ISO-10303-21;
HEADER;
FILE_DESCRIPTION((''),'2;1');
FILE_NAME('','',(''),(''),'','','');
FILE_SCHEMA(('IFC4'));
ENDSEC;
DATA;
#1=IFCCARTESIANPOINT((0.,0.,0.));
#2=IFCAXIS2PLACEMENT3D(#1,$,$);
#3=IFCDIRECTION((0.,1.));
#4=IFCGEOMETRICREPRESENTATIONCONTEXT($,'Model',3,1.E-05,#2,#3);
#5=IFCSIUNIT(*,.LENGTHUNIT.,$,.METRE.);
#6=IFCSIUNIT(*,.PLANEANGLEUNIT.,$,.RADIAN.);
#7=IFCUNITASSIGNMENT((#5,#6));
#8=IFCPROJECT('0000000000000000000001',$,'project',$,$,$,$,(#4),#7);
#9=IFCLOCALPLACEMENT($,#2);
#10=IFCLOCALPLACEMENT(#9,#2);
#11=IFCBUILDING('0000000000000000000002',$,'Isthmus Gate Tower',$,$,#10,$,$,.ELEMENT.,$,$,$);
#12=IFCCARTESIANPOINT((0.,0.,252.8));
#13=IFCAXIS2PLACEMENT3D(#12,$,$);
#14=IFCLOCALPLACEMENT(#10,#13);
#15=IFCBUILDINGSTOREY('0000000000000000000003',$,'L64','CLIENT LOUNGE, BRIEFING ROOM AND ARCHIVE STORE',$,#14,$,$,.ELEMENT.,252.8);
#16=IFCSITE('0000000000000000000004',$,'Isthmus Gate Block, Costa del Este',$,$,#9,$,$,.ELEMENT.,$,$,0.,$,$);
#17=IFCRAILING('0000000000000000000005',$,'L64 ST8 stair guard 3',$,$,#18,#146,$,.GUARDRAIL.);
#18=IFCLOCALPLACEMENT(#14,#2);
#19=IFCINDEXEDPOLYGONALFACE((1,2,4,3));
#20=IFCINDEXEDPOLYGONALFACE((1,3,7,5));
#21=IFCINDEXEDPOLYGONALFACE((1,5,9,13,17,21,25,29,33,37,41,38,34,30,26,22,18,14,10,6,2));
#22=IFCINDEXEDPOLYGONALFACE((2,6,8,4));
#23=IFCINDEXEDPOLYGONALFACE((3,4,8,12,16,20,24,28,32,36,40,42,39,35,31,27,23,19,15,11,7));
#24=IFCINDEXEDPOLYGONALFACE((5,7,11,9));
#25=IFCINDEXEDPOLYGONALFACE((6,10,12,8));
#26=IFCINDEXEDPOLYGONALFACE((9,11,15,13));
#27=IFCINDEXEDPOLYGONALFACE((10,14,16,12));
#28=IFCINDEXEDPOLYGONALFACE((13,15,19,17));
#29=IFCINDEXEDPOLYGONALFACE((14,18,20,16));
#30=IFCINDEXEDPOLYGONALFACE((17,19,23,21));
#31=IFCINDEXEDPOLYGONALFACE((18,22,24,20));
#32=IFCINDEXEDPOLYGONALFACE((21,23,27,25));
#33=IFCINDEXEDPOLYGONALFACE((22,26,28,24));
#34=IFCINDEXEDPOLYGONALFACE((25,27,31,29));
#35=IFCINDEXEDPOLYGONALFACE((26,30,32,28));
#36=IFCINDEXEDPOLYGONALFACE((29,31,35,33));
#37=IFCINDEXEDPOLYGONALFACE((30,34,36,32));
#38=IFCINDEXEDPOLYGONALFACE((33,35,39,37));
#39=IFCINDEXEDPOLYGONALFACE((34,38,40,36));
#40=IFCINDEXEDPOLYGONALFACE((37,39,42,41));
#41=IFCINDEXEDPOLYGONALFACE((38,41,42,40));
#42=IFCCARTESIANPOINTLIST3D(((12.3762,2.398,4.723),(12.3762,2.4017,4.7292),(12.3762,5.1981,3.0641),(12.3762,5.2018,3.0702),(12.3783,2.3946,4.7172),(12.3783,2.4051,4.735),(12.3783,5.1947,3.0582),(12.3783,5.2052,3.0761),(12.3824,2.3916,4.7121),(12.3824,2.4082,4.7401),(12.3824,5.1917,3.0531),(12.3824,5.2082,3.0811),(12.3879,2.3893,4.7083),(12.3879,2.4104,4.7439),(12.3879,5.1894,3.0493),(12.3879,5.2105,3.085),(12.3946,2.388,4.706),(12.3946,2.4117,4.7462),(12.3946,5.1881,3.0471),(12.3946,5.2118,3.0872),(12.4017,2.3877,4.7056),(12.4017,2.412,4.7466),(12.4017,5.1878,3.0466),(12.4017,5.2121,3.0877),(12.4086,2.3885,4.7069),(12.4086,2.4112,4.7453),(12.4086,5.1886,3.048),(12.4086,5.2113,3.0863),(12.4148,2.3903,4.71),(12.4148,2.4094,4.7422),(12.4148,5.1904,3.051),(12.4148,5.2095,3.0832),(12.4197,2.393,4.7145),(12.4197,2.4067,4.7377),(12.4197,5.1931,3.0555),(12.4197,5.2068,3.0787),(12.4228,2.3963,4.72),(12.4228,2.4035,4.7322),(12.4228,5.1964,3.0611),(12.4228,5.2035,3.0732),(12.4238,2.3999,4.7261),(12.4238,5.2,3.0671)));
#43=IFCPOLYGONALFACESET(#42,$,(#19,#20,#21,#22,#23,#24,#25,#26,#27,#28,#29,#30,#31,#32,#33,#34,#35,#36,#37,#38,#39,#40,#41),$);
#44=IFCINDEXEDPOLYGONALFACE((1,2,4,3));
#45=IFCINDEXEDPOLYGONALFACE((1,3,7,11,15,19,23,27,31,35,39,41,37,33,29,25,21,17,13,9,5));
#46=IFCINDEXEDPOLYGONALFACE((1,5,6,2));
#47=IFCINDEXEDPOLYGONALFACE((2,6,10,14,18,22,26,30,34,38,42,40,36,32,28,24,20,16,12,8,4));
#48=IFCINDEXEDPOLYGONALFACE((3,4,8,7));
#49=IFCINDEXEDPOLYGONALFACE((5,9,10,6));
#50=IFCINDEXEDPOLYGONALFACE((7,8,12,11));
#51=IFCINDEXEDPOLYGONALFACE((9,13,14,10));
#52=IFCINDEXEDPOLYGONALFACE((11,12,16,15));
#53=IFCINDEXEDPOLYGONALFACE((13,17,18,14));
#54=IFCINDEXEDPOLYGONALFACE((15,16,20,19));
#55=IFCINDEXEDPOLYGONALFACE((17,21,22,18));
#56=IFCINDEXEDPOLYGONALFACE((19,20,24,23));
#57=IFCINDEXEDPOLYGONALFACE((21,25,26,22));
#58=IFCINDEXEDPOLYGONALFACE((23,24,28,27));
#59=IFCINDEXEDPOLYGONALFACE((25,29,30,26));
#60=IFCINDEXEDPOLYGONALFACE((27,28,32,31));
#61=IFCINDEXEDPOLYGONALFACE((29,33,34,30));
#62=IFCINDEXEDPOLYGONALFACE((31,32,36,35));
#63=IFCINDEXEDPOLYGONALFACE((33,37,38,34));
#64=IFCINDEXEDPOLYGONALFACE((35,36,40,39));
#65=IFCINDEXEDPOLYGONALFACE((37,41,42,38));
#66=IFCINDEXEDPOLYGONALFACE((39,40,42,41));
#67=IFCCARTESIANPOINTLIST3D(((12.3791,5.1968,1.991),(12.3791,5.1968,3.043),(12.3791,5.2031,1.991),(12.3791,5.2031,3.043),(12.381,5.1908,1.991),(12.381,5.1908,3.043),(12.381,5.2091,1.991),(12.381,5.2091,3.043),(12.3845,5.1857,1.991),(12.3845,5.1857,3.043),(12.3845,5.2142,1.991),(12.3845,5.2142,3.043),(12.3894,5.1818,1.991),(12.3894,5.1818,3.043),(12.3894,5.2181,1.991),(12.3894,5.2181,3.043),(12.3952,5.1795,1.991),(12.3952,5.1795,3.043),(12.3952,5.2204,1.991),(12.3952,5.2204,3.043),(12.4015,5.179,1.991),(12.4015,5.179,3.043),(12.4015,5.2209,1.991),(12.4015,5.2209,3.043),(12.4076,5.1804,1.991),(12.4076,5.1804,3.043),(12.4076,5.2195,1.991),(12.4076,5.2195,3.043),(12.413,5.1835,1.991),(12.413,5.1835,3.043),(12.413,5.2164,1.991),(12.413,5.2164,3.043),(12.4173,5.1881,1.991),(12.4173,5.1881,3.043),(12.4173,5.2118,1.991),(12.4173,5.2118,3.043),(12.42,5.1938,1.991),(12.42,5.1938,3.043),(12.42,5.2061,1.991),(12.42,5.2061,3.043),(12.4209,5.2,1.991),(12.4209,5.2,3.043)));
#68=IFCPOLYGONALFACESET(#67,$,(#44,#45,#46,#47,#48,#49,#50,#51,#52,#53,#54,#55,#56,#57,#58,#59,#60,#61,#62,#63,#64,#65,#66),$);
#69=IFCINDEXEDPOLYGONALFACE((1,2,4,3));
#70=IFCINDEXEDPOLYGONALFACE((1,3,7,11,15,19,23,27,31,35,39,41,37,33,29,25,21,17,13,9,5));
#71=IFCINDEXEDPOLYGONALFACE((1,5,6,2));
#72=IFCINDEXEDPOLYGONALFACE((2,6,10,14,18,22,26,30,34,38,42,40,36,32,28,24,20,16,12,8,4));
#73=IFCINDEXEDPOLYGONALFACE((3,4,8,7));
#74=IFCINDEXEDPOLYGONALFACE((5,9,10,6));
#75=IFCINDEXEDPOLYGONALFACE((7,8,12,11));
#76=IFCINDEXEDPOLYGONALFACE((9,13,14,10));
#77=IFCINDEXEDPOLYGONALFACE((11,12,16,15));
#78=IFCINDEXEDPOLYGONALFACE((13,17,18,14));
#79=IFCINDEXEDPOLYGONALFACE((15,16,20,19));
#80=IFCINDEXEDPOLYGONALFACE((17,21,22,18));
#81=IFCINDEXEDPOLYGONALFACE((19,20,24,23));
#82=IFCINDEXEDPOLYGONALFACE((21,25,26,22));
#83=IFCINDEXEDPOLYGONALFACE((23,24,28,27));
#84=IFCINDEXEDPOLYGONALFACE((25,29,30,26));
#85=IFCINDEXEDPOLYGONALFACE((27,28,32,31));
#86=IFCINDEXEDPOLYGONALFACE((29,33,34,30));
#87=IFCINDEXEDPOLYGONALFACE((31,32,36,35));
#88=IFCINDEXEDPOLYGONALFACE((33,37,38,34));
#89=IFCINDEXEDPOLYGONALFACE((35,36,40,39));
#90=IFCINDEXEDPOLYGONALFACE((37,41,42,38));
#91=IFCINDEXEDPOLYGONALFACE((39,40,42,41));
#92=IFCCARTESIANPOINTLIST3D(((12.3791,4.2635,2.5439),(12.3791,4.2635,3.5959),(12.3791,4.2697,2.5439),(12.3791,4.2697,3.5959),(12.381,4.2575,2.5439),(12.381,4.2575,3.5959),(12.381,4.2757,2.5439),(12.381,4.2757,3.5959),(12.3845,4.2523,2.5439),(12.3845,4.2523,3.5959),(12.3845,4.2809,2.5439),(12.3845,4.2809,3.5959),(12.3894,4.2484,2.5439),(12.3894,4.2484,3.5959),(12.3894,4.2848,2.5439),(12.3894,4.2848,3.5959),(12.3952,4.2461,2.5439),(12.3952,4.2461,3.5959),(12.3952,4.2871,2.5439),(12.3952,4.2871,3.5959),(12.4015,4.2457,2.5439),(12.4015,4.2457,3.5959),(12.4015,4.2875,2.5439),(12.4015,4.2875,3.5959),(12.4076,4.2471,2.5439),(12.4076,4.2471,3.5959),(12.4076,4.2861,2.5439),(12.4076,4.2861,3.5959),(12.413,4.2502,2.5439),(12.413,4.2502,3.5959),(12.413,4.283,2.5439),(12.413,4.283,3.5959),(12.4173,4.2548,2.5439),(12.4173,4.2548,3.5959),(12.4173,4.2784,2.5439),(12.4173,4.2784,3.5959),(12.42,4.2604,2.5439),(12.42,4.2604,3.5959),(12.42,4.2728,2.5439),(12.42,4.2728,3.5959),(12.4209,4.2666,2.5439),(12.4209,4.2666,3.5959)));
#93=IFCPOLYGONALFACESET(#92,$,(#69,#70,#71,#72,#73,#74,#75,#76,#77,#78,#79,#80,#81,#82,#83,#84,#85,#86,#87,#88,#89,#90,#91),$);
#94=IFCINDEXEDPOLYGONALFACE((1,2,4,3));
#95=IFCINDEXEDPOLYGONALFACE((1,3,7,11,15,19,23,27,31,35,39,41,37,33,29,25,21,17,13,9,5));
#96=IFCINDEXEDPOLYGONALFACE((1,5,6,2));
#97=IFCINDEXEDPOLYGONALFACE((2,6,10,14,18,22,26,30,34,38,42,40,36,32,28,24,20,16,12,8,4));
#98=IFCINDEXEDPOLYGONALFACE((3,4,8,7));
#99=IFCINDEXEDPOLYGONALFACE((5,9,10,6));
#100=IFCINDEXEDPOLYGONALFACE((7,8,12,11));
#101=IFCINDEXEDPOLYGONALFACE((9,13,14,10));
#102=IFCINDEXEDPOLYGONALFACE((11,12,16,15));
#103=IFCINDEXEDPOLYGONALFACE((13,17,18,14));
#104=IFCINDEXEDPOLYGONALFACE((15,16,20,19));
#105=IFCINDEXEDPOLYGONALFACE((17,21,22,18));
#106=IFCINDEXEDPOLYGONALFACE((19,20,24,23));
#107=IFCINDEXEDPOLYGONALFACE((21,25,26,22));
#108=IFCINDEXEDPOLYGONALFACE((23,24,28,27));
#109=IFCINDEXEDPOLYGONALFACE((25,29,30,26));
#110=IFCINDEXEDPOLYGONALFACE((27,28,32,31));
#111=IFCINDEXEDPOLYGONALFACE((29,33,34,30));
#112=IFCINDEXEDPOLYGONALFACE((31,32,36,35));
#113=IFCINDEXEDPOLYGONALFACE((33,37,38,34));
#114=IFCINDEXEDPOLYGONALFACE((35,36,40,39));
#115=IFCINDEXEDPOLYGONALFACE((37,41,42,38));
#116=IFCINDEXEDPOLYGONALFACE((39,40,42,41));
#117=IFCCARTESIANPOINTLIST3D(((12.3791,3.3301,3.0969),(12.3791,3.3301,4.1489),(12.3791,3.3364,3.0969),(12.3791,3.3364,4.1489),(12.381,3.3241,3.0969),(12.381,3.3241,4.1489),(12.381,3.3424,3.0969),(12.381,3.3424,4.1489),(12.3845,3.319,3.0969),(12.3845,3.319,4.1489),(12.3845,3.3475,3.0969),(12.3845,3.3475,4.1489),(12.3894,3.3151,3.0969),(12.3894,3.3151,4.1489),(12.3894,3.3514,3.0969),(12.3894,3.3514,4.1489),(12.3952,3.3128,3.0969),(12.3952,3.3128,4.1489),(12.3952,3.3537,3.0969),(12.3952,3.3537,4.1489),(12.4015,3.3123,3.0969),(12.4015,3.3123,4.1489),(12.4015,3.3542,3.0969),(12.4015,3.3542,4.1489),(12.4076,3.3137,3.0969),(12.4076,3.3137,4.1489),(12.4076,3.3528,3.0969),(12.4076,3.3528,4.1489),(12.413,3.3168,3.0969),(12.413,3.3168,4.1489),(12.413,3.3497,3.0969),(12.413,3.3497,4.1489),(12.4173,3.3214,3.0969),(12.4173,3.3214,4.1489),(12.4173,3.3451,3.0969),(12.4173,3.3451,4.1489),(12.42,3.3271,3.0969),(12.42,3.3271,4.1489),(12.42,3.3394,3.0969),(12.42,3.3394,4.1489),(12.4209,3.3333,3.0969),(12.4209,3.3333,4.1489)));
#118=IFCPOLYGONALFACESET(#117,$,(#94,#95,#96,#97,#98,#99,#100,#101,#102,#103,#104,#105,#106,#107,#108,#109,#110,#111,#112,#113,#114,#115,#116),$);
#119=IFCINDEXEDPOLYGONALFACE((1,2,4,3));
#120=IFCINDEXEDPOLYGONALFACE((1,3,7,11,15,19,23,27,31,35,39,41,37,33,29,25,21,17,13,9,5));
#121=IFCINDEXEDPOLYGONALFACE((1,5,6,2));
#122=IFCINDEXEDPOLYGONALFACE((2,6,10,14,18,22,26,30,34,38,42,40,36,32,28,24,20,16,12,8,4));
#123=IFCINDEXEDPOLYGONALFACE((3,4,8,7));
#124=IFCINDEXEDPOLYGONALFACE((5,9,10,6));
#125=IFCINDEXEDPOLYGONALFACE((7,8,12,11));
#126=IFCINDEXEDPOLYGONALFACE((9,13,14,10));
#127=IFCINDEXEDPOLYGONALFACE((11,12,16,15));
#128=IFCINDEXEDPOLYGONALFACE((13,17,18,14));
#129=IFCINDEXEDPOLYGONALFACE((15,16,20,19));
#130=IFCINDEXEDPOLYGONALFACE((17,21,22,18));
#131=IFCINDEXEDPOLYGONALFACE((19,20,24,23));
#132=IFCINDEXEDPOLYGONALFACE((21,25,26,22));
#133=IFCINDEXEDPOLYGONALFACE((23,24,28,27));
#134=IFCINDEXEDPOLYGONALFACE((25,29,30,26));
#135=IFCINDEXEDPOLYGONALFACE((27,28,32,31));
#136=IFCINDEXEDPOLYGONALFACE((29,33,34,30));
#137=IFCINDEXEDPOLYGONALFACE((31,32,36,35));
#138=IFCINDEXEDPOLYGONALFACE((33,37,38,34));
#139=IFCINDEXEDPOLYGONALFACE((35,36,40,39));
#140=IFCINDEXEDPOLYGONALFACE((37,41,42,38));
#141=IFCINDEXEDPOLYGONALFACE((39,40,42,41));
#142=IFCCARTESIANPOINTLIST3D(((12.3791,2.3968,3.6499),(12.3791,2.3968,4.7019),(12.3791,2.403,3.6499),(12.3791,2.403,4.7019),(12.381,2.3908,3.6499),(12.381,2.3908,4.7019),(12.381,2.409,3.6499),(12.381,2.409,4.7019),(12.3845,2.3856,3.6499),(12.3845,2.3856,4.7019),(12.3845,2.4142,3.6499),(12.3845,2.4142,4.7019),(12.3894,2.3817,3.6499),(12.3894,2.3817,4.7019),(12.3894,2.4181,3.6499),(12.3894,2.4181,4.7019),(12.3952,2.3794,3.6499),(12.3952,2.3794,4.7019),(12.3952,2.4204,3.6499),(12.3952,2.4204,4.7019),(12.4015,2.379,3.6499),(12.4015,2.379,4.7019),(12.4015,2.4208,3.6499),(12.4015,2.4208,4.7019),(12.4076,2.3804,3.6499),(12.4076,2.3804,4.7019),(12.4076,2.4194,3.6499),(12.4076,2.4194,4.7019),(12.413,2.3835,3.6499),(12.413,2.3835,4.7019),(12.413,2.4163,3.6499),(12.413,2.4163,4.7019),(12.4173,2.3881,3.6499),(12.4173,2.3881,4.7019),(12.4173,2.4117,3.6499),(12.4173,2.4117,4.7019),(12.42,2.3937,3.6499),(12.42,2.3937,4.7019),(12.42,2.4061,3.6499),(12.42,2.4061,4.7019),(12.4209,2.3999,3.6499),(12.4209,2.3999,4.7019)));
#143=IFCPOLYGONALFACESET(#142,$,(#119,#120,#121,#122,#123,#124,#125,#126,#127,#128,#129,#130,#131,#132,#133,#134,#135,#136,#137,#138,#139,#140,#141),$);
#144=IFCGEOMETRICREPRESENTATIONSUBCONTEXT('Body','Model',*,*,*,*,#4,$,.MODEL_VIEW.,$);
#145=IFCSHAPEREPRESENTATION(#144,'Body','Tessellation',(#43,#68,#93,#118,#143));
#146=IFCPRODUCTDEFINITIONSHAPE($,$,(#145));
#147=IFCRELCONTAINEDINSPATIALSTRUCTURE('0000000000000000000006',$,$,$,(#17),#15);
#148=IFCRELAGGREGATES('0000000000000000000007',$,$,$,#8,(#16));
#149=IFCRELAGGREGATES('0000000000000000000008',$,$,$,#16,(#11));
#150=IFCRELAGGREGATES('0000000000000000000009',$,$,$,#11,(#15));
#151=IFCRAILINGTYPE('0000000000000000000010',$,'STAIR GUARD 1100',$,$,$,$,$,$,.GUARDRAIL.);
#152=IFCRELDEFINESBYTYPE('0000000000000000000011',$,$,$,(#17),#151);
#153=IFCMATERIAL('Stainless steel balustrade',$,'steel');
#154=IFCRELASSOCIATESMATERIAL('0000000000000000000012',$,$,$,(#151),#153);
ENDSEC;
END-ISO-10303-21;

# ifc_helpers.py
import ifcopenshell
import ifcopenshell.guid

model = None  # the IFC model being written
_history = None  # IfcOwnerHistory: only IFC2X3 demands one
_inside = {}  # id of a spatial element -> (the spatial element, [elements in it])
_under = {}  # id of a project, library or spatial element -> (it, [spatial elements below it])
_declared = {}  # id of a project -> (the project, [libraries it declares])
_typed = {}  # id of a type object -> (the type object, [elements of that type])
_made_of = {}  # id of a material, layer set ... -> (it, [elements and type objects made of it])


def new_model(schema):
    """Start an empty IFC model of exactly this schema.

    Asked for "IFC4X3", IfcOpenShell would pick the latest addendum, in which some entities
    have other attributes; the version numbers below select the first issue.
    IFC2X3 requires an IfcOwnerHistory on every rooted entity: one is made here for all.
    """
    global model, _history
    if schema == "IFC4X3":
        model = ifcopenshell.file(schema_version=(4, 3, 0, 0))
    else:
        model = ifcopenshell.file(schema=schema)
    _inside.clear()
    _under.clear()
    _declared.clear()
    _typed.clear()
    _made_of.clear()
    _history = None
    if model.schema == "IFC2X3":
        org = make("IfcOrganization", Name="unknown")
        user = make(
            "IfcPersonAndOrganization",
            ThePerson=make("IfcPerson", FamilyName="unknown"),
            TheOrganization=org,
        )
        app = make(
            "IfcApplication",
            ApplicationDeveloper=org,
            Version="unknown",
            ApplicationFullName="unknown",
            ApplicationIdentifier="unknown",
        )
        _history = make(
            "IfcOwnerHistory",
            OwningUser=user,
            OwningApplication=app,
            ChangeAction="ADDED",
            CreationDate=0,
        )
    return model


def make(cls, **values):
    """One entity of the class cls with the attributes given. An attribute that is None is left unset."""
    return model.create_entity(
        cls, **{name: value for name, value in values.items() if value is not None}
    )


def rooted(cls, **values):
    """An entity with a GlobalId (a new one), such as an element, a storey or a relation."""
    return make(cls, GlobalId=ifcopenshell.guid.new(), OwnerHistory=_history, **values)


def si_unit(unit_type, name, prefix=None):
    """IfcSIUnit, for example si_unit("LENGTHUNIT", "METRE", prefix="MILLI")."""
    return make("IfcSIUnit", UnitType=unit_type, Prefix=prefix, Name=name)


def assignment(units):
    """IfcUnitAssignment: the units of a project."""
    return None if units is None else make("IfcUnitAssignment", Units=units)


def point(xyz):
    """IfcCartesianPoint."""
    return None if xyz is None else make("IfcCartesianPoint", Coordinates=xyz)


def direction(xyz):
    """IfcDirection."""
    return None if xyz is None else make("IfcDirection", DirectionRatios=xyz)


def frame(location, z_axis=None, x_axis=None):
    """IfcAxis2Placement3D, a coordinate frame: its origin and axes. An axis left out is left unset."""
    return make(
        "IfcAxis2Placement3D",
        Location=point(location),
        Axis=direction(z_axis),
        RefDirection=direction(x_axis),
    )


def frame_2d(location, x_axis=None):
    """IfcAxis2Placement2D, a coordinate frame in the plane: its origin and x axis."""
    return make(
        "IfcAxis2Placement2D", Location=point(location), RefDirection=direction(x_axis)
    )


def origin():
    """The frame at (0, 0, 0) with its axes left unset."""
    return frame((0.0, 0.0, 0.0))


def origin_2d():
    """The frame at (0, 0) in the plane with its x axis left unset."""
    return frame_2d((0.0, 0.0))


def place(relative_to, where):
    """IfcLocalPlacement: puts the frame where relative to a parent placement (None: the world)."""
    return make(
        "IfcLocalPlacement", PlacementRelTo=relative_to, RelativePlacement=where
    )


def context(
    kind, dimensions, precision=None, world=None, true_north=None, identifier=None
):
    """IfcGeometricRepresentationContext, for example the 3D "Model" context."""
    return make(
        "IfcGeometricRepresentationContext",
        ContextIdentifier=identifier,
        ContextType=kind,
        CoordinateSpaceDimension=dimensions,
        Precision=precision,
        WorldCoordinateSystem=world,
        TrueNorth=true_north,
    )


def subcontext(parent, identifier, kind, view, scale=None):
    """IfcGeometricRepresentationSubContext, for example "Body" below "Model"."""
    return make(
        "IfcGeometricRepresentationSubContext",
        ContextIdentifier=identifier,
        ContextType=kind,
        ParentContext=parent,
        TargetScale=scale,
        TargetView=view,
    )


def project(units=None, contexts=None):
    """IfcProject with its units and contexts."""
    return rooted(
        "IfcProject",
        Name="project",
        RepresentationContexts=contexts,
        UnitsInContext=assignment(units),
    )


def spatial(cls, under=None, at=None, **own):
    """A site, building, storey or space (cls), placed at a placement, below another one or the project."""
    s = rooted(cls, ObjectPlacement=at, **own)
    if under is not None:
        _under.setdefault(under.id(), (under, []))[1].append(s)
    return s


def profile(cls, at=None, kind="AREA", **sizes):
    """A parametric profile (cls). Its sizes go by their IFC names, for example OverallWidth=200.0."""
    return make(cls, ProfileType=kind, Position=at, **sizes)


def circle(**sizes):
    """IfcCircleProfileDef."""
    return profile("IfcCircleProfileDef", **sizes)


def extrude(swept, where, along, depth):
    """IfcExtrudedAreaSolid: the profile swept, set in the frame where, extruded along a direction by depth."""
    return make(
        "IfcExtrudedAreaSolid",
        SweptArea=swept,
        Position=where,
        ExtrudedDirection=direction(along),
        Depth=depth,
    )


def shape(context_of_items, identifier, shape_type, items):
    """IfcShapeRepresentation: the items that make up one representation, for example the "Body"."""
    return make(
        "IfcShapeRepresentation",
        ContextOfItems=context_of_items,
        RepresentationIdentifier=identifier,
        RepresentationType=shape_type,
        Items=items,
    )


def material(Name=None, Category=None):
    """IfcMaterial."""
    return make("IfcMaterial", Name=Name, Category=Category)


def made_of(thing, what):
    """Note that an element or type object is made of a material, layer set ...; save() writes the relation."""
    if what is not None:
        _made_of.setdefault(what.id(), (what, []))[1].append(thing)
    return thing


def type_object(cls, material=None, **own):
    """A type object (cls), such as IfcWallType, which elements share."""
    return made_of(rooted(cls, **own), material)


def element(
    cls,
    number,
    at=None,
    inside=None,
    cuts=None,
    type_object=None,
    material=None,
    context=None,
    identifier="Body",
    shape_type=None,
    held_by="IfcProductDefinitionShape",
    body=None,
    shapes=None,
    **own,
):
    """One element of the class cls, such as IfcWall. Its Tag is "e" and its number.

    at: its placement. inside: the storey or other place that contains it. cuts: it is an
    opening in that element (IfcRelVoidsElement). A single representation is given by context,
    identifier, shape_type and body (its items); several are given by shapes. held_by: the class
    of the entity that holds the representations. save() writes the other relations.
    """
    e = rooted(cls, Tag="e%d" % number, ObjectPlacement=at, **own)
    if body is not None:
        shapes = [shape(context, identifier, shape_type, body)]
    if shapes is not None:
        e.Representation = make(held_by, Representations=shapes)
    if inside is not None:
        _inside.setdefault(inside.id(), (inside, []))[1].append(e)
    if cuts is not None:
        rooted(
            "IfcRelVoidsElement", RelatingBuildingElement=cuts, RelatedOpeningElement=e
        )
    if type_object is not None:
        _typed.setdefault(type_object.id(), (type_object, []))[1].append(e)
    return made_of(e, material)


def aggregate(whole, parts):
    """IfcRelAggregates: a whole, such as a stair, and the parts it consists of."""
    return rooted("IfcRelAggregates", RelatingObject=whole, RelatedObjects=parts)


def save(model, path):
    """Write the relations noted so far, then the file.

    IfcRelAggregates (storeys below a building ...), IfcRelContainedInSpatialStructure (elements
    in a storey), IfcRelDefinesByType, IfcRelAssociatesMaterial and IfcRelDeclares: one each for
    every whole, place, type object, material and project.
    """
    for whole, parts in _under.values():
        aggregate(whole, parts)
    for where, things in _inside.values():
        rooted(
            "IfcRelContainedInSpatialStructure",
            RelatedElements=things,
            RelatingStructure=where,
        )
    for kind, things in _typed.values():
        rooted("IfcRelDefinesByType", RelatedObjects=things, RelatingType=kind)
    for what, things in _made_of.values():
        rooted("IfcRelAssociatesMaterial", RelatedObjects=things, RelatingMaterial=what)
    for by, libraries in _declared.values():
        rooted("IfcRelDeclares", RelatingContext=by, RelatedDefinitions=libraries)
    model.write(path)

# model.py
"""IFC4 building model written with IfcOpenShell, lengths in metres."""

from ifc_helpers import new_model, si_unit, direction, frame, origin, origin_2d, place, context, subcontext, project, spatial, circle, extrude, material, type_object, element, save


model = new_model("IFC4")

# Units and contexts
model_context = context("Model", 3, precision=1e-05, world=origin(), true_north=direction((0.0, 1.0)))
body_context = subcontext(model_context, "Body", "Model", "MODEL_VIEW")
ifc_project = project(units=[si_unit("LENGTHUNIT", "METRE"), si_unit("PLANEANGLEUNIT", "RADIAN")], contexts=[model_context])

# Site, building, storey
site_placement = place(None, origin())
site = spatial("IfcSite", under=ifc_project, at=site_placement, Name="Isthmus Gate Block, Costa del Este", CompositionType="ELEMENT", RefElevation=0.0)
building_placement = place(site_placement, origin())
building = spatial("IfcBuilding", under=site, at=building_placement, Name="Isthmus Gate Tower", CompositionType="ELEMENT")
storey_placement = place(building_placement, frame((0.0, 0.0, 252.8)))
storey = spatial("IfcBuildingStorey", under=building, at=storey_placement, Name="L64", Description="CLIENT LOUNGE, BRIEFING ROOM AND ARCHIVE STORE", CompositionType="ELEMENT", Elevation=252.8)

# Railing
ifc_material_1 = material(Name="Stainless steel balustrade", Category="steel")
railing_type_1 = type_object("IfcRailingType", Name="STAIR GUARD 1100", PredefinedType="GUARDRAIL", material=ifc_material_1)
railing_1_placement = place(storey_placement, frame((12.3999, 5.2, 1.991)))
element("IfcRailing", 1, at=railing_1_placement, inside=storey, type_object=railing_type_1, Name="L64 ST8 stair guard 3", PredefinedType="GUARDRAIL", context=body_context, shape_type="SweptSolid", body=[
    extrude(circle(Radius=0.0239, at=origin_2d()), frame((0.0, 0.0, 1.0762), z_axis=(0.0, -0.860339, 0.509722), x_axis=(1.0, 0.0, 0.0)), (0.0, 0.0, 1.0), 3.2546),
    extrude(circle(Radius=0.021, at=origin_2d()), origin(), (0.0, 0.0, 1.0), 1.052),
    extrude(circle(Radius=0.021, at=origin_2d()), frame((0.0, -0.9333, 0.553)), (0.0, 0.0, 1.0), 1.052),
    extrude(circle(Radius=0.021, at=origin_2d()), frame((0.0, -1.8667, 1.106)), (0.0, 0.0, 1.0), 1.052),
    extrude(circle(Radius=0.021, at=origin_2d()), frame((0.0, -2.8, 1.6589)), (0.0, 0.0, 1.0), 1.052),
])

save(model, "model.ifc")
